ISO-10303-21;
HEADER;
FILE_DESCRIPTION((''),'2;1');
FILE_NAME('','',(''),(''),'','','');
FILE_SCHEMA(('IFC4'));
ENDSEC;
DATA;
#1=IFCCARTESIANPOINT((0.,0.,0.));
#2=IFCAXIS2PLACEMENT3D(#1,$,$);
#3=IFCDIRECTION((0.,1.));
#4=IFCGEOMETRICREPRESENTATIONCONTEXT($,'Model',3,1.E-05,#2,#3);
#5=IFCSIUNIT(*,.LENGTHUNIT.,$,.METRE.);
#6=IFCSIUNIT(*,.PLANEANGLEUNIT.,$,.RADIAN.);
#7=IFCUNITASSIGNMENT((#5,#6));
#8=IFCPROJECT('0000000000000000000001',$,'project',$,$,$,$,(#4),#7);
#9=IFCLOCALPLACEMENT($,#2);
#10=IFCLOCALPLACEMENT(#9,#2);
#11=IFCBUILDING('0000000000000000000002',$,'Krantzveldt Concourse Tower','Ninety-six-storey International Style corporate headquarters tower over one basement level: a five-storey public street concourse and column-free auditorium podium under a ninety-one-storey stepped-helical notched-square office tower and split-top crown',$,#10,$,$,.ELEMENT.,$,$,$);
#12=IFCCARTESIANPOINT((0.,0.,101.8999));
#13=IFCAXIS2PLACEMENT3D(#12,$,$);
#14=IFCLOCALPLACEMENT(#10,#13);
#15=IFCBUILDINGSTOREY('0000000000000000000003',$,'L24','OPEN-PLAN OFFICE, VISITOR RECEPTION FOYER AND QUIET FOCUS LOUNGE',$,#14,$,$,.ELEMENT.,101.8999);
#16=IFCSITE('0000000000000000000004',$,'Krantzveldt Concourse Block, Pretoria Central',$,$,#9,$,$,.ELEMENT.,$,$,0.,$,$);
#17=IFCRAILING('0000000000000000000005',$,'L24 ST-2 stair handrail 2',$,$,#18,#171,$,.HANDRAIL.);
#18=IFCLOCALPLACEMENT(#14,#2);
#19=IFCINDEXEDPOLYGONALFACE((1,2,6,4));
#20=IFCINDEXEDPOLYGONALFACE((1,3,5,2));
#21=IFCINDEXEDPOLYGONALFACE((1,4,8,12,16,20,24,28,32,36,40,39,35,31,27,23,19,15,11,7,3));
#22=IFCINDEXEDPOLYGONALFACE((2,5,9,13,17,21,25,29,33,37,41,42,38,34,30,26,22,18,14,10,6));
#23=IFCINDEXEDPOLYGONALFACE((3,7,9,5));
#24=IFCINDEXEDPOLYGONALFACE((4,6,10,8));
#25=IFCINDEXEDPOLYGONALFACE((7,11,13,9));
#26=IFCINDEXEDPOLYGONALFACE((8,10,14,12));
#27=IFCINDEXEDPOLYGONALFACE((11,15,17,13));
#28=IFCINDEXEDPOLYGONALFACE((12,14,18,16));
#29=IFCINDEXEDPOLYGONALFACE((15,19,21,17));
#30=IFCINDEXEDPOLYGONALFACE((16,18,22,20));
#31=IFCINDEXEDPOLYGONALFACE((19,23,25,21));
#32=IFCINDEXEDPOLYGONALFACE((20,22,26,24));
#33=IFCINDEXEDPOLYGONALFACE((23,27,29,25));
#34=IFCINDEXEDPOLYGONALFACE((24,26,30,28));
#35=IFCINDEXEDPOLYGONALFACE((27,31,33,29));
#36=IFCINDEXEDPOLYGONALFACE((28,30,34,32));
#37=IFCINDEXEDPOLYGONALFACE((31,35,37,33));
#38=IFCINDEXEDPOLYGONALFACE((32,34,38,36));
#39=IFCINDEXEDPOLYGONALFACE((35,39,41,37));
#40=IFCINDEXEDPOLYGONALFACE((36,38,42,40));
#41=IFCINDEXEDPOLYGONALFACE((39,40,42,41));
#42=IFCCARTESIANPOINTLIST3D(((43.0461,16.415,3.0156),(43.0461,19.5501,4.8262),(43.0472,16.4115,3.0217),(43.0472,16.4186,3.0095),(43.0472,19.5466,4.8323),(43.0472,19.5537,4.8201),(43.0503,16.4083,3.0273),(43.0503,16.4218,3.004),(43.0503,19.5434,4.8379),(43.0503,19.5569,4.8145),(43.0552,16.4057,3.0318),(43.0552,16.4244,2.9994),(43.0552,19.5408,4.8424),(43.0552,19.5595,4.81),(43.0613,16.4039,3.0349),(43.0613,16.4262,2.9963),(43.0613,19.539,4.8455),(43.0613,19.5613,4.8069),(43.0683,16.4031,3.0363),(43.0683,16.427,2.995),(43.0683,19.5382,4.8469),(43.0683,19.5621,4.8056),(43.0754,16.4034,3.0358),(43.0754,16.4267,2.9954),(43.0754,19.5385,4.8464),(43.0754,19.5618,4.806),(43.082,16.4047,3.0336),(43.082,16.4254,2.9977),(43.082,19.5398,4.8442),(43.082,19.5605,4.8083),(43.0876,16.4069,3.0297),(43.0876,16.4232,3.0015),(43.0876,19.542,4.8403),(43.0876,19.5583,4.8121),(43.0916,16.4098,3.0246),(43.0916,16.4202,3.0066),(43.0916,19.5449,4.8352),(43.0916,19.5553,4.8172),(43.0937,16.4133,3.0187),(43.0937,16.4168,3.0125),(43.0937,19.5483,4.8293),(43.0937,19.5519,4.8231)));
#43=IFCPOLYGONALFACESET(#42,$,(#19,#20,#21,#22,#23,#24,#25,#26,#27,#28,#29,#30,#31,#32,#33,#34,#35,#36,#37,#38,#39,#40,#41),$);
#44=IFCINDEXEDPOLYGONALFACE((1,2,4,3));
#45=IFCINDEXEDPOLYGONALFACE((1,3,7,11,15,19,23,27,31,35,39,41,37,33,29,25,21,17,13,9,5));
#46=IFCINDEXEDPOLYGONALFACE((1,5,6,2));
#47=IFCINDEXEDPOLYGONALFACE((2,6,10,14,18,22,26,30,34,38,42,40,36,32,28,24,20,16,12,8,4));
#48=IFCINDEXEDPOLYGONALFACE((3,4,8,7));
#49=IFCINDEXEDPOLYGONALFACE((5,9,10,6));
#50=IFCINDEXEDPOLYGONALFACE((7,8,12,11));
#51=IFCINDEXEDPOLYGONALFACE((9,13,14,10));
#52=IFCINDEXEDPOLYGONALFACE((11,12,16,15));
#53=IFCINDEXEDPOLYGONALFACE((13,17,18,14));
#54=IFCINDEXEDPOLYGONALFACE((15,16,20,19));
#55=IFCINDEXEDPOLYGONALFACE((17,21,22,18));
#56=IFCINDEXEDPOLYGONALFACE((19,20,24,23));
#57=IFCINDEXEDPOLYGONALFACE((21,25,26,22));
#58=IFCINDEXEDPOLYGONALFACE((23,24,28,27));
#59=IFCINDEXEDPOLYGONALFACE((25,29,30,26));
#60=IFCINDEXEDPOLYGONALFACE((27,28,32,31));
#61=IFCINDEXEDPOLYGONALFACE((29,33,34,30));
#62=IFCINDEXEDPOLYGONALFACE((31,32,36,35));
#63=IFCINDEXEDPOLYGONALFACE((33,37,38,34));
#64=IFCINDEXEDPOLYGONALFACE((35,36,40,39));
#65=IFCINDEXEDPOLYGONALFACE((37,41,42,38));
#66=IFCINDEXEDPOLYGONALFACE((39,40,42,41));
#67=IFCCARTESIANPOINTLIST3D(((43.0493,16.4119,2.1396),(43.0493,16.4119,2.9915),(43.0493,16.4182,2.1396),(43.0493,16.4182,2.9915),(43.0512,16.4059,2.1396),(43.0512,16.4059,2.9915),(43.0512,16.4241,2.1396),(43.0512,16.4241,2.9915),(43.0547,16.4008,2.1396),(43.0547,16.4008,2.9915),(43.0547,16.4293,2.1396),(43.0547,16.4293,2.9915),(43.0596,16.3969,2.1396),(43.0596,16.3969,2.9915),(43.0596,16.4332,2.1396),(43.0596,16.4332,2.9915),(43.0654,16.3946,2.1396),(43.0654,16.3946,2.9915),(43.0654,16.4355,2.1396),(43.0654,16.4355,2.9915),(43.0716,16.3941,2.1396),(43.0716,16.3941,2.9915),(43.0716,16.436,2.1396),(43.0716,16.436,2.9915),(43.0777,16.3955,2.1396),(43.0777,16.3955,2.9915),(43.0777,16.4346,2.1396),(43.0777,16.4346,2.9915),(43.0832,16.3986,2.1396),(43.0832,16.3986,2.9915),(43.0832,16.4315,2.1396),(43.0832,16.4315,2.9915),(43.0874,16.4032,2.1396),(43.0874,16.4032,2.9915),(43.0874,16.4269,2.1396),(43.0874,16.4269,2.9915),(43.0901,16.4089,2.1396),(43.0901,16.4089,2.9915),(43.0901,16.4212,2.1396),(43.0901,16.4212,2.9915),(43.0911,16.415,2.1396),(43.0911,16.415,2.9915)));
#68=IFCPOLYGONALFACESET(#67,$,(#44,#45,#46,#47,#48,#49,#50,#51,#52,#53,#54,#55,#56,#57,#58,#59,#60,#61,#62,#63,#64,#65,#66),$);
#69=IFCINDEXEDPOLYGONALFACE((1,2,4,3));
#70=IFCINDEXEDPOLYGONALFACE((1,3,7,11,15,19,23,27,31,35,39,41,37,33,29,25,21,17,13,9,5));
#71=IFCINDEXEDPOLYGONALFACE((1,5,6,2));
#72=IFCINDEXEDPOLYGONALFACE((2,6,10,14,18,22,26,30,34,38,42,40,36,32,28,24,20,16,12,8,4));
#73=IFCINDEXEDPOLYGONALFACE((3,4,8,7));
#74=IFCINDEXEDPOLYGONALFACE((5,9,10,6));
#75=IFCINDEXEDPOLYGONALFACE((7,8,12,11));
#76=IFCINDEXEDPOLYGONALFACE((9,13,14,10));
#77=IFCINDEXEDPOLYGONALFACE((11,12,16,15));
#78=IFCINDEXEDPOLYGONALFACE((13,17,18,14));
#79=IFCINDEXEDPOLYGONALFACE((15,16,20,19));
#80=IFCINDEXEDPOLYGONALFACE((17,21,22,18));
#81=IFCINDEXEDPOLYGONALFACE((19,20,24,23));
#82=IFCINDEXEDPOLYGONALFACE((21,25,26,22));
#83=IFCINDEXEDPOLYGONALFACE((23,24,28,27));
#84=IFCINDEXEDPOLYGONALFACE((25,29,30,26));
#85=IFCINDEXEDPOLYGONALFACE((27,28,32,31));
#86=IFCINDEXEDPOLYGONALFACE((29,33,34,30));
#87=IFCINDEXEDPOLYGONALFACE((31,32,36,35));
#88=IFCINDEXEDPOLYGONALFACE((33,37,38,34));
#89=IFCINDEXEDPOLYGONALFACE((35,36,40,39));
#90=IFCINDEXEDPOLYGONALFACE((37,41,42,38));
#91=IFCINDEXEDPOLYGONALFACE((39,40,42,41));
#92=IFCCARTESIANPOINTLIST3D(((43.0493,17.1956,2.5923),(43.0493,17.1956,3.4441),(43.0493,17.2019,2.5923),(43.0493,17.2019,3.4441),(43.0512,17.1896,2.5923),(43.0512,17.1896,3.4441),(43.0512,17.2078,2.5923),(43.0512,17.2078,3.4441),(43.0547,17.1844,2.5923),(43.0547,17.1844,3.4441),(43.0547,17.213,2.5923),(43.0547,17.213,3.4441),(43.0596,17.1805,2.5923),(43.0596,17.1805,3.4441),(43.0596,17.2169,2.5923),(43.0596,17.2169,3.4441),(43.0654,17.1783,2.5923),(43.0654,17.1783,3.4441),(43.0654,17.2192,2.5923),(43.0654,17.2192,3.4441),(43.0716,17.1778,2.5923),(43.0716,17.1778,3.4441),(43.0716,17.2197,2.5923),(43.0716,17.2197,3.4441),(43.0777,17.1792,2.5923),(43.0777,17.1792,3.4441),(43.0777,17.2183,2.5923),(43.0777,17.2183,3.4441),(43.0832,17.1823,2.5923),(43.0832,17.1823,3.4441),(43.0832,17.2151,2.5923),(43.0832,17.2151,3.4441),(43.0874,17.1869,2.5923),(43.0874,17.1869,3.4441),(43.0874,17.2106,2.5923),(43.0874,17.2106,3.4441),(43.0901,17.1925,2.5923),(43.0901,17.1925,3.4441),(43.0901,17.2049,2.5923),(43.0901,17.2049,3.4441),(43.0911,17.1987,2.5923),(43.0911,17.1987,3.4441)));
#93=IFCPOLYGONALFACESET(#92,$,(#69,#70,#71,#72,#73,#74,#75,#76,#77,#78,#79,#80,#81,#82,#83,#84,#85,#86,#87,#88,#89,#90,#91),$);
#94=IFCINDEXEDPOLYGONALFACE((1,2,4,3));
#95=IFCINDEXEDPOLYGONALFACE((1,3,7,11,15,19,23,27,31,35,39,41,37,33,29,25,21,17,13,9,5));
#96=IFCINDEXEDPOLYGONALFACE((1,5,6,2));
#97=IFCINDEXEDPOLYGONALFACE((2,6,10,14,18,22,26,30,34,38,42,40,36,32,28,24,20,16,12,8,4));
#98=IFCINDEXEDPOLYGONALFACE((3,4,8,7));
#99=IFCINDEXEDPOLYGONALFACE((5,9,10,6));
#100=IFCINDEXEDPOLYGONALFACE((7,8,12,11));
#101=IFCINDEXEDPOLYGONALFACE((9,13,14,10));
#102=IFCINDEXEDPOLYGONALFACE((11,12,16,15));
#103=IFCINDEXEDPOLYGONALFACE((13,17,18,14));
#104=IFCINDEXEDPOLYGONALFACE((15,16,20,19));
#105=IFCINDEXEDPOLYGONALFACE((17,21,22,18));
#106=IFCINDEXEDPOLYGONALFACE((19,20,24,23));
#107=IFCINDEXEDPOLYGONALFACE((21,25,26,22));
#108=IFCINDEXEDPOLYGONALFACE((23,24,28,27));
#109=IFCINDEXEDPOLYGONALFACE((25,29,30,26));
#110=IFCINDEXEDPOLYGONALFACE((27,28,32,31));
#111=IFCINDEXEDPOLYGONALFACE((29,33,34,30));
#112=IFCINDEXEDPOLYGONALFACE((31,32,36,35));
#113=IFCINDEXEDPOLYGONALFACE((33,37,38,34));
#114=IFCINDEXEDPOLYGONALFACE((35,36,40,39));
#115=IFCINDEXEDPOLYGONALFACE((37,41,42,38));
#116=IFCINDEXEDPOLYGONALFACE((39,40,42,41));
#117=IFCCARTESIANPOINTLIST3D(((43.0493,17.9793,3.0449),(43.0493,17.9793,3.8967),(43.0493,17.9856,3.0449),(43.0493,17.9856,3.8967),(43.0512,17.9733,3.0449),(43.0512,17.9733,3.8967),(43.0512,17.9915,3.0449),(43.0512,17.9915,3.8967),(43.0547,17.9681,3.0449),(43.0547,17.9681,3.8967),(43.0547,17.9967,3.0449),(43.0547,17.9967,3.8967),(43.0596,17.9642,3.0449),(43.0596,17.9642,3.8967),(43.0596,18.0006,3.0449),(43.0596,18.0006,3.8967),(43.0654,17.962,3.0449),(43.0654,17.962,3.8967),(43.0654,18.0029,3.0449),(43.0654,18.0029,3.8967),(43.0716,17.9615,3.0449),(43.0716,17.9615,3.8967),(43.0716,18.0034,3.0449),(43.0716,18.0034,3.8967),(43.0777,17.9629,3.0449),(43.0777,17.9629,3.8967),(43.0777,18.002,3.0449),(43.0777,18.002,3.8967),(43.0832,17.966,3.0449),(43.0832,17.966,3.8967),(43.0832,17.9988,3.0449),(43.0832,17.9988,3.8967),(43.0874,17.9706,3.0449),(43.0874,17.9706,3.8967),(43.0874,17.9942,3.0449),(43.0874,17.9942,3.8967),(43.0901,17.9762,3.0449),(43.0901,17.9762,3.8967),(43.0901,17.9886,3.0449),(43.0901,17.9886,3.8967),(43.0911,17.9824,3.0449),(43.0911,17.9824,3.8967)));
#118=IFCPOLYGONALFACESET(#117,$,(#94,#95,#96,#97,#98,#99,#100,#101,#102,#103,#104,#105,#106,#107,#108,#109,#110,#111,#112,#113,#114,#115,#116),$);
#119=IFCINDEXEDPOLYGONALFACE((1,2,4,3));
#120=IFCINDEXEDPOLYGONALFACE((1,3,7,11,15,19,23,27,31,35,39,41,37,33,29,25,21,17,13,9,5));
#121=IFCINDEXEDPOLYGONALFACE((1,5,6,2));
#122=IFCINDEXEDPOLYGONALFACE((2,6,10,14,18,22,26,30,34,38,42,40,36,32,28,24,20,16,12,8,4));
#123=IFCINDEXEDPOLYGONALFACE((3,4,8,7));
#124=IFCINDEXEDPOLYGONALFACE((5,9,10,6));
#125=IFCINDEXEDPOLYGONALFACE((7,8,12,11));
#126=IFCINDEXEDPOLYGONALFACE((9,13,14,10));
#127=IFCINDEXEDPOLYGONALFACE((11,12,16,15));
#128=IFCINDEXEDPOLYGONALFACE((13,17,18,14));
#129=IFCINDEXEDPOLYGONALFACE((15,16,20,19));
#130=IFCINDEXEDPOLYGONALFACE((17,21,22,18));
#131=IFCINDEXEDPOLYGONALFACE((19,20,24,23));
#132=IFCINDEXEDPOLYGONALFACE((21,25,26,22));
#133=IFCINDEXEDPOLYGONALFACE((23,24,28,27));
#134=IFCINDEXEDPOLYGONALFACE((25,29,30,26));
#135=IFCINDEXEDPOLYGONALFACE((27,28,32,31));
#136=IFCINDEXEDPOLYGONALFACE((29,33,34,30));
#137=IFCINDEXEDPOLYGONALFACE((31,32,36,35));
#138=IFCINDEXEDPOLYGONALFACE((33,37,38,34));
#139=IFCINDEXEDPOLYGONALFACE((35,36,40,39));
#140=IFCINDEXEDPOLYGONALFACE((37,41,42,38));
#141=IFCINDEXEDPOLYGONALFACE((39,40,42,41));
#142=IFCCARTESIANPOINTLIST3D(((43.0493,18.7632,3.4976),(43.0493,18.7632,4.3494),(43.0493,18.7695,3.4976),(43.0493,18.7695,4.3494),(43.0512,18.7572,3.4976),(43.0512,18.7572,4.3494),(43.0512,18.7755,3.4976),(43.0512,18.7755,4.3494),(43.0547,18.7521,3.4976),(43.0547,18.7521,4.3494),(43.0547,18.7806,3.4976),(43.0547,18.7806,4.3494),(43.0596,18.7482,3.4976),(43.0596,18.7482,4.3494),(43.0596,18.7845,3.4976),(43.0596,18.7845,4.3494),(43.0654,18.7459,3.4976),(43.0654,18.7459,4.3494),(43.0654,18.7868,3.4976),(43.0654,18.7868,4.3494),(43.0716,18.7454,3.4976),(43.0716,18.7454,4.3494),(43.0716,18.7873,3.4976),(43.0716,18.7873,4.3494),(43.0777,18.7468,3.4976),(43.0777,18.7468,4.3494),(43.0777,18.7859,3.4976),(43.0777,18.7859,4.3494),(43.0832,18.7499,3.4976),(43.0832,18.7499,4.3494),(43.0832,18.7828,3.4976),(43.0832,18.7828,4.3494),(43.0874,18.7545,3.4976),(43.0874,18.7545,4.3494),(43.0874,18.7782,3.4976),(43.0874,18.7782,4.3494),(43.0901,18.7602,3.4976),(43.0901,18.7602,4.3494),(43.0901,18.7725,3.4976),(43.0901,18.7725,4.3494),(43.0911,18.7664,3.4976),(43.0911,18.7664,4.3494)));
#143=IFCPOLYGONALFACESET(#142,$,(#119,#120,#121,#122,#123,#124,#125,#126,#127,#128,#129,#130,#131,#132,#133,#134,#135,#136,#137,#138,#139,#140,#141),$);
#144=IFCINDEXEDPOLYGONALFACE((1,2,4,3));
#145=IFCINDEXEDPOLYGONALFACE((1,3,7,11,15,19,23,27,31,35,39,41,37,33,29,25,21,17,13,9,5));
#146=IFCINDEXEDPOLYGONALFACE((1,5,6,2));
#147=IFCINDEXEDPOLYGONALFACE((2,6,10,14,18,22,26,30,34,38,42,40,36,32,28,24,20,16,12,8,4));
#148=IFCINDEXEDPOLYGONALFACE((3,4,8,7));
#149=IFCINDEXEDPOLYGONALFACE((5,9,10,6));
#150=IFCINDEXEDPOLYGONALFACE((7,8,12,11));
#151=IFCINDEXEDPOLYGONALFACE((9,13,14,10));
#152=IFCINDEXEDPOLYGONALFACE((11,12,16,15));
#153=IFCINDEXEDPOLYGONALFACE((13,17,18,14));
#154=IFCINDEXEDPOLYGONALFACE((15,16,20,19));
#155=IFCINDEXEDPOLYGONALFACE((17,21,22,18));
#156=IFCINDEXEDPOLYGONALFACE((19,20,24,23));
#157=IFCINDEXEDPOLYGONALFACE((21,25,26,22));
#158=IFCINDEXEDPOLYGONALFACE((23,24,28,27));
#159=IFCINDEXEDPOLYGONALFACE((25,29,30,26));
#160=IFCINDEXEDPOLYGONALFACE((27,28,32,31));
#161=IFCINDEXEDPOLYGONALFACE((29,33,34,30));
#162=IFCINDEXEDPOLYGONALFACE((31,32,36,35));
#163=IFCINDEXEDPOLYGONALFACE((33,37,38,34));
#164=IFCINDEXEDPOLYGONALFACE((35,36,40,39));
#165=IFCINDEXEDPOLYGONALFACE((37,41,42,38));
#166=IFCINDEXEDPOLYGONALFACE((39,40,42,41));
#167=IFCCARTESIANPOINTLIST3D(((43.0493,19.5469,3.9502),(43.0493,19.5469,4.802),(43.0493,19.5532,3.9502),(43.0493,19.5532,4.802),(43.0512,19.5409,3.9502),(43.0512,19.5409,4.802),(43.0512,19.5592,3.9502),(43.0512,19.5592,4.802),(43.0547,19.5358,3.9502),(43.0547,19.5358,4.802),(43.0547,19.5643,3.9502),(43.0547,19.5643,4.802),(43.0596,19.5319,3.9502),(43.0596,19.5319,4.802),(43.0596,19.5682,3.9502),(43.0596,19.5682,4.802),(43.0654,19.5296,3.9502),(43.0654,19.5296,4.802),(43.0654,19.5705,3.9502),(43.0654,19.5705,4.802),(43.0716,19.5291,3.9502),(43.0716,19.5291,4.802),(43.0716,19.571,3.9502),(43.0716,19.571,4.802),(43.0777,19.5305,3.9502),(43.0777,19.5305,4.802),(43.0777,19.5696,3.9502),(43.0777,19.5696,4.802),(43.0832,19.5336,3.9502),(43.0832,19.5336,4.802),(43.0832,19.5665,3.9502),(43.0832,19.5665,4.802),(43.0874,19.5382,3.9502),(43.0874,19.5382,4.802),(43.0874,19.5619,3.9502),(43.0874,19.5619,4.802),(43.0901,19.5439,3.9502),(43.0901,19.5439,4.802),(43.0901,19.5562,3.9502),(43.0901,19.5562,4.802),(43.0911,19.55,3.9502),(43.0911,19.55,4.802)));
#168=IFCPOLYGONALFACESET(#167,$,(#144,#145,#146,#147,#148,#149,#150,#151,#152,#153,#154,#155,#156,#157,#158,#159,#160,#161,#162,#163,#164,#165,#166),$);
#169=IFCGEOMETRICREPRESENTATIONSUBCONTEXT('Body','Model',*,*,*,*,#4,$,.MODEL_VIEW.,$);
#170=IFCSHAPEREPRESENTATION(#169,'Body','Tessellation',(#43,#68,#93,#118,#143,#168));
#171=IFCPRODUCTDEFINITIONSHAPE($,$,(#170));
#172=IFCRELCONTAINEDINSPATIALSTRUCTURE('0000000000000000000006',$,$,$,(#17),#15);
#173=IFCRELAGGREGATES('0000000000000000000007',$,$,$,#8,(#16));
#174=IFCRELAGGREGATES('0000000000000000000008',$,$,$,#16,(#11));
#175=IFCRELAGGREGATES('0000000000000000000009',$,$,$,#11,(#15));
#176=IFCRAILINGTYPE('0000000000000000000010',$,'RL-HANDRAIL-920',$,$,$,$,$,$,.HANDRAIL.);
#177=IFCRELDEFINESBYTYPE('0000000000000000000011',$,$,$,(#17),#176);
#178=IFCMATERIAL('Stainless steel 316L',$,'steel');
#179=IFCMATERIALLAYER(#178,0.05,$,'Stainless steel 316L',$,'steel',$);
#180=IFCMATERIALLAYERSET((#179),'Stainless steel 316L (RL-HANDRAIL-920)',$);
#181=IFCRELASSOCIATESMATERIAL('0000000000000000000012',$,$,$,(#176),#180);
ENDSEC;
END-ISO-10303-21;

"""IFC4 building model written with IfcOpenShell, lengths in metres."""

from ifc_helpers import new_model, si_unit, direction, frame, origin, origin_2d, place, context, subcontext, project, spatial, circle, extrude, material, layer, layer_set, type_object, element, save


model = new_model("IFC4")

# Units and contexts
model_context = context("Model", 3, precision=1e-05, world=origin(), true_north=direction((0.0, 1.0)))
body_context = subcontext(model_context, "Body", "Model", "MODEL_VIEW")
ifc_project = project(units=[si_unit("LENGTHUNIT", "METRE"), si_unit("PLANEANGLEUNIT", "RADIAN")], contexts=[model_context])

# Site, building, storey
site_placement = place(None, origin())
site = spatial("IfcSite", under=ifc_project, at=site_placement, Name="Krantzveldt Concourse Block, Pretoria Central", CompositionType="ELEMENT", RefElevation=0.0)
building_placement = place(site_placement, origin())
building = spatial("IfcBuilding", under=site, at=building_placement, Name="Krantzveldt Concourse Tower", Description="Ninety-six-storey International Style corporate headquarters tower over one basement level: a five-storey public street concourse and column-free auditorium podium under a ninety-one-storey stepped-helical notched-square office tower and split-top crown", CompositionType="ELEMENT")
storey_placement = place(building_placement, frame((0.0, 0.0, 101.8999)))
storey = spatial("IfcBuildingStorey", under=building, at=storey_placement, Name="L24", Description="OPEN-PLAN OFFICE, VISITOR RECEPTION FOYER AND QUIET FOCUS LOUNGE", CompositionType="ELEMENT", Elevation=101.8999)

# Shared definitions
ifc_material_1 = material(Name="Stainless steel 316L", Category="steel")

# Railing
ifc_layer_1 = layer(ifc_material_1, 0.05, Name="Stainless steel 316L", Category="steel")
ifc_layer_set_1 = layer_set([ifc_layer_1], Name="Stainless steel 316L (RL-HANDRAIL-920)")
railing_type_1 = type_object("IfcRailingType", Name="RL-HANDRAIL-920", PredefinedType="HANDRAIL", material=ifc_layer_set_1)
railing_1_placement = place(storey_placement, frame((43.0701, 16.415, 2.1396)))
element("IfcRailing", 1, at=railing_1_placement, inside=storey, type_object=railing_type_1, Name="L24 ST-2 stair handrail 2", PredefinedType="HANDRAIL", context=body_context, shape_type="SweptSolid", body=[
    extrude(circle(Radius=0.0239, at=origin_2d()), frame((0.0, 0.0, 0.876), z_axis=(0.0, 0.86596, 0.500114), x_axis=(-1.0, 0.0, 0.0)), (0.0, 0.0, 1.0), 3.6204),
    extrude(circle(Radius=0.021, at=origin_2d()), origin(), (0.0, 0.0, 1.0), 0.8518),
    extrude(circle(Radius=0.021, at=origin_2d()), frame((0.0, 0.7837, 0.4526)), (0.0, 0.0, 1.0), 0.8518),
    extrude(circle(Radius=0.021, at=origin_2d()), frame((0.0, 1.5674, 0.9053)), (0.0, 0.0, 1.0), 0.8518),
    extrude(circle(Radius=0.021, at=origin_2d()), frame((0.0, 2.3513, 1.3579)), (0.0, 0.0, 1.0), 0.8518),
    extrude(circle(Radius=0.021, at=origin_2d()), frame((0.0, 3.135, 1.8105)), (0.0, 0.0, 1.0), 0.8518),
])

save(model, "model.ifc")
